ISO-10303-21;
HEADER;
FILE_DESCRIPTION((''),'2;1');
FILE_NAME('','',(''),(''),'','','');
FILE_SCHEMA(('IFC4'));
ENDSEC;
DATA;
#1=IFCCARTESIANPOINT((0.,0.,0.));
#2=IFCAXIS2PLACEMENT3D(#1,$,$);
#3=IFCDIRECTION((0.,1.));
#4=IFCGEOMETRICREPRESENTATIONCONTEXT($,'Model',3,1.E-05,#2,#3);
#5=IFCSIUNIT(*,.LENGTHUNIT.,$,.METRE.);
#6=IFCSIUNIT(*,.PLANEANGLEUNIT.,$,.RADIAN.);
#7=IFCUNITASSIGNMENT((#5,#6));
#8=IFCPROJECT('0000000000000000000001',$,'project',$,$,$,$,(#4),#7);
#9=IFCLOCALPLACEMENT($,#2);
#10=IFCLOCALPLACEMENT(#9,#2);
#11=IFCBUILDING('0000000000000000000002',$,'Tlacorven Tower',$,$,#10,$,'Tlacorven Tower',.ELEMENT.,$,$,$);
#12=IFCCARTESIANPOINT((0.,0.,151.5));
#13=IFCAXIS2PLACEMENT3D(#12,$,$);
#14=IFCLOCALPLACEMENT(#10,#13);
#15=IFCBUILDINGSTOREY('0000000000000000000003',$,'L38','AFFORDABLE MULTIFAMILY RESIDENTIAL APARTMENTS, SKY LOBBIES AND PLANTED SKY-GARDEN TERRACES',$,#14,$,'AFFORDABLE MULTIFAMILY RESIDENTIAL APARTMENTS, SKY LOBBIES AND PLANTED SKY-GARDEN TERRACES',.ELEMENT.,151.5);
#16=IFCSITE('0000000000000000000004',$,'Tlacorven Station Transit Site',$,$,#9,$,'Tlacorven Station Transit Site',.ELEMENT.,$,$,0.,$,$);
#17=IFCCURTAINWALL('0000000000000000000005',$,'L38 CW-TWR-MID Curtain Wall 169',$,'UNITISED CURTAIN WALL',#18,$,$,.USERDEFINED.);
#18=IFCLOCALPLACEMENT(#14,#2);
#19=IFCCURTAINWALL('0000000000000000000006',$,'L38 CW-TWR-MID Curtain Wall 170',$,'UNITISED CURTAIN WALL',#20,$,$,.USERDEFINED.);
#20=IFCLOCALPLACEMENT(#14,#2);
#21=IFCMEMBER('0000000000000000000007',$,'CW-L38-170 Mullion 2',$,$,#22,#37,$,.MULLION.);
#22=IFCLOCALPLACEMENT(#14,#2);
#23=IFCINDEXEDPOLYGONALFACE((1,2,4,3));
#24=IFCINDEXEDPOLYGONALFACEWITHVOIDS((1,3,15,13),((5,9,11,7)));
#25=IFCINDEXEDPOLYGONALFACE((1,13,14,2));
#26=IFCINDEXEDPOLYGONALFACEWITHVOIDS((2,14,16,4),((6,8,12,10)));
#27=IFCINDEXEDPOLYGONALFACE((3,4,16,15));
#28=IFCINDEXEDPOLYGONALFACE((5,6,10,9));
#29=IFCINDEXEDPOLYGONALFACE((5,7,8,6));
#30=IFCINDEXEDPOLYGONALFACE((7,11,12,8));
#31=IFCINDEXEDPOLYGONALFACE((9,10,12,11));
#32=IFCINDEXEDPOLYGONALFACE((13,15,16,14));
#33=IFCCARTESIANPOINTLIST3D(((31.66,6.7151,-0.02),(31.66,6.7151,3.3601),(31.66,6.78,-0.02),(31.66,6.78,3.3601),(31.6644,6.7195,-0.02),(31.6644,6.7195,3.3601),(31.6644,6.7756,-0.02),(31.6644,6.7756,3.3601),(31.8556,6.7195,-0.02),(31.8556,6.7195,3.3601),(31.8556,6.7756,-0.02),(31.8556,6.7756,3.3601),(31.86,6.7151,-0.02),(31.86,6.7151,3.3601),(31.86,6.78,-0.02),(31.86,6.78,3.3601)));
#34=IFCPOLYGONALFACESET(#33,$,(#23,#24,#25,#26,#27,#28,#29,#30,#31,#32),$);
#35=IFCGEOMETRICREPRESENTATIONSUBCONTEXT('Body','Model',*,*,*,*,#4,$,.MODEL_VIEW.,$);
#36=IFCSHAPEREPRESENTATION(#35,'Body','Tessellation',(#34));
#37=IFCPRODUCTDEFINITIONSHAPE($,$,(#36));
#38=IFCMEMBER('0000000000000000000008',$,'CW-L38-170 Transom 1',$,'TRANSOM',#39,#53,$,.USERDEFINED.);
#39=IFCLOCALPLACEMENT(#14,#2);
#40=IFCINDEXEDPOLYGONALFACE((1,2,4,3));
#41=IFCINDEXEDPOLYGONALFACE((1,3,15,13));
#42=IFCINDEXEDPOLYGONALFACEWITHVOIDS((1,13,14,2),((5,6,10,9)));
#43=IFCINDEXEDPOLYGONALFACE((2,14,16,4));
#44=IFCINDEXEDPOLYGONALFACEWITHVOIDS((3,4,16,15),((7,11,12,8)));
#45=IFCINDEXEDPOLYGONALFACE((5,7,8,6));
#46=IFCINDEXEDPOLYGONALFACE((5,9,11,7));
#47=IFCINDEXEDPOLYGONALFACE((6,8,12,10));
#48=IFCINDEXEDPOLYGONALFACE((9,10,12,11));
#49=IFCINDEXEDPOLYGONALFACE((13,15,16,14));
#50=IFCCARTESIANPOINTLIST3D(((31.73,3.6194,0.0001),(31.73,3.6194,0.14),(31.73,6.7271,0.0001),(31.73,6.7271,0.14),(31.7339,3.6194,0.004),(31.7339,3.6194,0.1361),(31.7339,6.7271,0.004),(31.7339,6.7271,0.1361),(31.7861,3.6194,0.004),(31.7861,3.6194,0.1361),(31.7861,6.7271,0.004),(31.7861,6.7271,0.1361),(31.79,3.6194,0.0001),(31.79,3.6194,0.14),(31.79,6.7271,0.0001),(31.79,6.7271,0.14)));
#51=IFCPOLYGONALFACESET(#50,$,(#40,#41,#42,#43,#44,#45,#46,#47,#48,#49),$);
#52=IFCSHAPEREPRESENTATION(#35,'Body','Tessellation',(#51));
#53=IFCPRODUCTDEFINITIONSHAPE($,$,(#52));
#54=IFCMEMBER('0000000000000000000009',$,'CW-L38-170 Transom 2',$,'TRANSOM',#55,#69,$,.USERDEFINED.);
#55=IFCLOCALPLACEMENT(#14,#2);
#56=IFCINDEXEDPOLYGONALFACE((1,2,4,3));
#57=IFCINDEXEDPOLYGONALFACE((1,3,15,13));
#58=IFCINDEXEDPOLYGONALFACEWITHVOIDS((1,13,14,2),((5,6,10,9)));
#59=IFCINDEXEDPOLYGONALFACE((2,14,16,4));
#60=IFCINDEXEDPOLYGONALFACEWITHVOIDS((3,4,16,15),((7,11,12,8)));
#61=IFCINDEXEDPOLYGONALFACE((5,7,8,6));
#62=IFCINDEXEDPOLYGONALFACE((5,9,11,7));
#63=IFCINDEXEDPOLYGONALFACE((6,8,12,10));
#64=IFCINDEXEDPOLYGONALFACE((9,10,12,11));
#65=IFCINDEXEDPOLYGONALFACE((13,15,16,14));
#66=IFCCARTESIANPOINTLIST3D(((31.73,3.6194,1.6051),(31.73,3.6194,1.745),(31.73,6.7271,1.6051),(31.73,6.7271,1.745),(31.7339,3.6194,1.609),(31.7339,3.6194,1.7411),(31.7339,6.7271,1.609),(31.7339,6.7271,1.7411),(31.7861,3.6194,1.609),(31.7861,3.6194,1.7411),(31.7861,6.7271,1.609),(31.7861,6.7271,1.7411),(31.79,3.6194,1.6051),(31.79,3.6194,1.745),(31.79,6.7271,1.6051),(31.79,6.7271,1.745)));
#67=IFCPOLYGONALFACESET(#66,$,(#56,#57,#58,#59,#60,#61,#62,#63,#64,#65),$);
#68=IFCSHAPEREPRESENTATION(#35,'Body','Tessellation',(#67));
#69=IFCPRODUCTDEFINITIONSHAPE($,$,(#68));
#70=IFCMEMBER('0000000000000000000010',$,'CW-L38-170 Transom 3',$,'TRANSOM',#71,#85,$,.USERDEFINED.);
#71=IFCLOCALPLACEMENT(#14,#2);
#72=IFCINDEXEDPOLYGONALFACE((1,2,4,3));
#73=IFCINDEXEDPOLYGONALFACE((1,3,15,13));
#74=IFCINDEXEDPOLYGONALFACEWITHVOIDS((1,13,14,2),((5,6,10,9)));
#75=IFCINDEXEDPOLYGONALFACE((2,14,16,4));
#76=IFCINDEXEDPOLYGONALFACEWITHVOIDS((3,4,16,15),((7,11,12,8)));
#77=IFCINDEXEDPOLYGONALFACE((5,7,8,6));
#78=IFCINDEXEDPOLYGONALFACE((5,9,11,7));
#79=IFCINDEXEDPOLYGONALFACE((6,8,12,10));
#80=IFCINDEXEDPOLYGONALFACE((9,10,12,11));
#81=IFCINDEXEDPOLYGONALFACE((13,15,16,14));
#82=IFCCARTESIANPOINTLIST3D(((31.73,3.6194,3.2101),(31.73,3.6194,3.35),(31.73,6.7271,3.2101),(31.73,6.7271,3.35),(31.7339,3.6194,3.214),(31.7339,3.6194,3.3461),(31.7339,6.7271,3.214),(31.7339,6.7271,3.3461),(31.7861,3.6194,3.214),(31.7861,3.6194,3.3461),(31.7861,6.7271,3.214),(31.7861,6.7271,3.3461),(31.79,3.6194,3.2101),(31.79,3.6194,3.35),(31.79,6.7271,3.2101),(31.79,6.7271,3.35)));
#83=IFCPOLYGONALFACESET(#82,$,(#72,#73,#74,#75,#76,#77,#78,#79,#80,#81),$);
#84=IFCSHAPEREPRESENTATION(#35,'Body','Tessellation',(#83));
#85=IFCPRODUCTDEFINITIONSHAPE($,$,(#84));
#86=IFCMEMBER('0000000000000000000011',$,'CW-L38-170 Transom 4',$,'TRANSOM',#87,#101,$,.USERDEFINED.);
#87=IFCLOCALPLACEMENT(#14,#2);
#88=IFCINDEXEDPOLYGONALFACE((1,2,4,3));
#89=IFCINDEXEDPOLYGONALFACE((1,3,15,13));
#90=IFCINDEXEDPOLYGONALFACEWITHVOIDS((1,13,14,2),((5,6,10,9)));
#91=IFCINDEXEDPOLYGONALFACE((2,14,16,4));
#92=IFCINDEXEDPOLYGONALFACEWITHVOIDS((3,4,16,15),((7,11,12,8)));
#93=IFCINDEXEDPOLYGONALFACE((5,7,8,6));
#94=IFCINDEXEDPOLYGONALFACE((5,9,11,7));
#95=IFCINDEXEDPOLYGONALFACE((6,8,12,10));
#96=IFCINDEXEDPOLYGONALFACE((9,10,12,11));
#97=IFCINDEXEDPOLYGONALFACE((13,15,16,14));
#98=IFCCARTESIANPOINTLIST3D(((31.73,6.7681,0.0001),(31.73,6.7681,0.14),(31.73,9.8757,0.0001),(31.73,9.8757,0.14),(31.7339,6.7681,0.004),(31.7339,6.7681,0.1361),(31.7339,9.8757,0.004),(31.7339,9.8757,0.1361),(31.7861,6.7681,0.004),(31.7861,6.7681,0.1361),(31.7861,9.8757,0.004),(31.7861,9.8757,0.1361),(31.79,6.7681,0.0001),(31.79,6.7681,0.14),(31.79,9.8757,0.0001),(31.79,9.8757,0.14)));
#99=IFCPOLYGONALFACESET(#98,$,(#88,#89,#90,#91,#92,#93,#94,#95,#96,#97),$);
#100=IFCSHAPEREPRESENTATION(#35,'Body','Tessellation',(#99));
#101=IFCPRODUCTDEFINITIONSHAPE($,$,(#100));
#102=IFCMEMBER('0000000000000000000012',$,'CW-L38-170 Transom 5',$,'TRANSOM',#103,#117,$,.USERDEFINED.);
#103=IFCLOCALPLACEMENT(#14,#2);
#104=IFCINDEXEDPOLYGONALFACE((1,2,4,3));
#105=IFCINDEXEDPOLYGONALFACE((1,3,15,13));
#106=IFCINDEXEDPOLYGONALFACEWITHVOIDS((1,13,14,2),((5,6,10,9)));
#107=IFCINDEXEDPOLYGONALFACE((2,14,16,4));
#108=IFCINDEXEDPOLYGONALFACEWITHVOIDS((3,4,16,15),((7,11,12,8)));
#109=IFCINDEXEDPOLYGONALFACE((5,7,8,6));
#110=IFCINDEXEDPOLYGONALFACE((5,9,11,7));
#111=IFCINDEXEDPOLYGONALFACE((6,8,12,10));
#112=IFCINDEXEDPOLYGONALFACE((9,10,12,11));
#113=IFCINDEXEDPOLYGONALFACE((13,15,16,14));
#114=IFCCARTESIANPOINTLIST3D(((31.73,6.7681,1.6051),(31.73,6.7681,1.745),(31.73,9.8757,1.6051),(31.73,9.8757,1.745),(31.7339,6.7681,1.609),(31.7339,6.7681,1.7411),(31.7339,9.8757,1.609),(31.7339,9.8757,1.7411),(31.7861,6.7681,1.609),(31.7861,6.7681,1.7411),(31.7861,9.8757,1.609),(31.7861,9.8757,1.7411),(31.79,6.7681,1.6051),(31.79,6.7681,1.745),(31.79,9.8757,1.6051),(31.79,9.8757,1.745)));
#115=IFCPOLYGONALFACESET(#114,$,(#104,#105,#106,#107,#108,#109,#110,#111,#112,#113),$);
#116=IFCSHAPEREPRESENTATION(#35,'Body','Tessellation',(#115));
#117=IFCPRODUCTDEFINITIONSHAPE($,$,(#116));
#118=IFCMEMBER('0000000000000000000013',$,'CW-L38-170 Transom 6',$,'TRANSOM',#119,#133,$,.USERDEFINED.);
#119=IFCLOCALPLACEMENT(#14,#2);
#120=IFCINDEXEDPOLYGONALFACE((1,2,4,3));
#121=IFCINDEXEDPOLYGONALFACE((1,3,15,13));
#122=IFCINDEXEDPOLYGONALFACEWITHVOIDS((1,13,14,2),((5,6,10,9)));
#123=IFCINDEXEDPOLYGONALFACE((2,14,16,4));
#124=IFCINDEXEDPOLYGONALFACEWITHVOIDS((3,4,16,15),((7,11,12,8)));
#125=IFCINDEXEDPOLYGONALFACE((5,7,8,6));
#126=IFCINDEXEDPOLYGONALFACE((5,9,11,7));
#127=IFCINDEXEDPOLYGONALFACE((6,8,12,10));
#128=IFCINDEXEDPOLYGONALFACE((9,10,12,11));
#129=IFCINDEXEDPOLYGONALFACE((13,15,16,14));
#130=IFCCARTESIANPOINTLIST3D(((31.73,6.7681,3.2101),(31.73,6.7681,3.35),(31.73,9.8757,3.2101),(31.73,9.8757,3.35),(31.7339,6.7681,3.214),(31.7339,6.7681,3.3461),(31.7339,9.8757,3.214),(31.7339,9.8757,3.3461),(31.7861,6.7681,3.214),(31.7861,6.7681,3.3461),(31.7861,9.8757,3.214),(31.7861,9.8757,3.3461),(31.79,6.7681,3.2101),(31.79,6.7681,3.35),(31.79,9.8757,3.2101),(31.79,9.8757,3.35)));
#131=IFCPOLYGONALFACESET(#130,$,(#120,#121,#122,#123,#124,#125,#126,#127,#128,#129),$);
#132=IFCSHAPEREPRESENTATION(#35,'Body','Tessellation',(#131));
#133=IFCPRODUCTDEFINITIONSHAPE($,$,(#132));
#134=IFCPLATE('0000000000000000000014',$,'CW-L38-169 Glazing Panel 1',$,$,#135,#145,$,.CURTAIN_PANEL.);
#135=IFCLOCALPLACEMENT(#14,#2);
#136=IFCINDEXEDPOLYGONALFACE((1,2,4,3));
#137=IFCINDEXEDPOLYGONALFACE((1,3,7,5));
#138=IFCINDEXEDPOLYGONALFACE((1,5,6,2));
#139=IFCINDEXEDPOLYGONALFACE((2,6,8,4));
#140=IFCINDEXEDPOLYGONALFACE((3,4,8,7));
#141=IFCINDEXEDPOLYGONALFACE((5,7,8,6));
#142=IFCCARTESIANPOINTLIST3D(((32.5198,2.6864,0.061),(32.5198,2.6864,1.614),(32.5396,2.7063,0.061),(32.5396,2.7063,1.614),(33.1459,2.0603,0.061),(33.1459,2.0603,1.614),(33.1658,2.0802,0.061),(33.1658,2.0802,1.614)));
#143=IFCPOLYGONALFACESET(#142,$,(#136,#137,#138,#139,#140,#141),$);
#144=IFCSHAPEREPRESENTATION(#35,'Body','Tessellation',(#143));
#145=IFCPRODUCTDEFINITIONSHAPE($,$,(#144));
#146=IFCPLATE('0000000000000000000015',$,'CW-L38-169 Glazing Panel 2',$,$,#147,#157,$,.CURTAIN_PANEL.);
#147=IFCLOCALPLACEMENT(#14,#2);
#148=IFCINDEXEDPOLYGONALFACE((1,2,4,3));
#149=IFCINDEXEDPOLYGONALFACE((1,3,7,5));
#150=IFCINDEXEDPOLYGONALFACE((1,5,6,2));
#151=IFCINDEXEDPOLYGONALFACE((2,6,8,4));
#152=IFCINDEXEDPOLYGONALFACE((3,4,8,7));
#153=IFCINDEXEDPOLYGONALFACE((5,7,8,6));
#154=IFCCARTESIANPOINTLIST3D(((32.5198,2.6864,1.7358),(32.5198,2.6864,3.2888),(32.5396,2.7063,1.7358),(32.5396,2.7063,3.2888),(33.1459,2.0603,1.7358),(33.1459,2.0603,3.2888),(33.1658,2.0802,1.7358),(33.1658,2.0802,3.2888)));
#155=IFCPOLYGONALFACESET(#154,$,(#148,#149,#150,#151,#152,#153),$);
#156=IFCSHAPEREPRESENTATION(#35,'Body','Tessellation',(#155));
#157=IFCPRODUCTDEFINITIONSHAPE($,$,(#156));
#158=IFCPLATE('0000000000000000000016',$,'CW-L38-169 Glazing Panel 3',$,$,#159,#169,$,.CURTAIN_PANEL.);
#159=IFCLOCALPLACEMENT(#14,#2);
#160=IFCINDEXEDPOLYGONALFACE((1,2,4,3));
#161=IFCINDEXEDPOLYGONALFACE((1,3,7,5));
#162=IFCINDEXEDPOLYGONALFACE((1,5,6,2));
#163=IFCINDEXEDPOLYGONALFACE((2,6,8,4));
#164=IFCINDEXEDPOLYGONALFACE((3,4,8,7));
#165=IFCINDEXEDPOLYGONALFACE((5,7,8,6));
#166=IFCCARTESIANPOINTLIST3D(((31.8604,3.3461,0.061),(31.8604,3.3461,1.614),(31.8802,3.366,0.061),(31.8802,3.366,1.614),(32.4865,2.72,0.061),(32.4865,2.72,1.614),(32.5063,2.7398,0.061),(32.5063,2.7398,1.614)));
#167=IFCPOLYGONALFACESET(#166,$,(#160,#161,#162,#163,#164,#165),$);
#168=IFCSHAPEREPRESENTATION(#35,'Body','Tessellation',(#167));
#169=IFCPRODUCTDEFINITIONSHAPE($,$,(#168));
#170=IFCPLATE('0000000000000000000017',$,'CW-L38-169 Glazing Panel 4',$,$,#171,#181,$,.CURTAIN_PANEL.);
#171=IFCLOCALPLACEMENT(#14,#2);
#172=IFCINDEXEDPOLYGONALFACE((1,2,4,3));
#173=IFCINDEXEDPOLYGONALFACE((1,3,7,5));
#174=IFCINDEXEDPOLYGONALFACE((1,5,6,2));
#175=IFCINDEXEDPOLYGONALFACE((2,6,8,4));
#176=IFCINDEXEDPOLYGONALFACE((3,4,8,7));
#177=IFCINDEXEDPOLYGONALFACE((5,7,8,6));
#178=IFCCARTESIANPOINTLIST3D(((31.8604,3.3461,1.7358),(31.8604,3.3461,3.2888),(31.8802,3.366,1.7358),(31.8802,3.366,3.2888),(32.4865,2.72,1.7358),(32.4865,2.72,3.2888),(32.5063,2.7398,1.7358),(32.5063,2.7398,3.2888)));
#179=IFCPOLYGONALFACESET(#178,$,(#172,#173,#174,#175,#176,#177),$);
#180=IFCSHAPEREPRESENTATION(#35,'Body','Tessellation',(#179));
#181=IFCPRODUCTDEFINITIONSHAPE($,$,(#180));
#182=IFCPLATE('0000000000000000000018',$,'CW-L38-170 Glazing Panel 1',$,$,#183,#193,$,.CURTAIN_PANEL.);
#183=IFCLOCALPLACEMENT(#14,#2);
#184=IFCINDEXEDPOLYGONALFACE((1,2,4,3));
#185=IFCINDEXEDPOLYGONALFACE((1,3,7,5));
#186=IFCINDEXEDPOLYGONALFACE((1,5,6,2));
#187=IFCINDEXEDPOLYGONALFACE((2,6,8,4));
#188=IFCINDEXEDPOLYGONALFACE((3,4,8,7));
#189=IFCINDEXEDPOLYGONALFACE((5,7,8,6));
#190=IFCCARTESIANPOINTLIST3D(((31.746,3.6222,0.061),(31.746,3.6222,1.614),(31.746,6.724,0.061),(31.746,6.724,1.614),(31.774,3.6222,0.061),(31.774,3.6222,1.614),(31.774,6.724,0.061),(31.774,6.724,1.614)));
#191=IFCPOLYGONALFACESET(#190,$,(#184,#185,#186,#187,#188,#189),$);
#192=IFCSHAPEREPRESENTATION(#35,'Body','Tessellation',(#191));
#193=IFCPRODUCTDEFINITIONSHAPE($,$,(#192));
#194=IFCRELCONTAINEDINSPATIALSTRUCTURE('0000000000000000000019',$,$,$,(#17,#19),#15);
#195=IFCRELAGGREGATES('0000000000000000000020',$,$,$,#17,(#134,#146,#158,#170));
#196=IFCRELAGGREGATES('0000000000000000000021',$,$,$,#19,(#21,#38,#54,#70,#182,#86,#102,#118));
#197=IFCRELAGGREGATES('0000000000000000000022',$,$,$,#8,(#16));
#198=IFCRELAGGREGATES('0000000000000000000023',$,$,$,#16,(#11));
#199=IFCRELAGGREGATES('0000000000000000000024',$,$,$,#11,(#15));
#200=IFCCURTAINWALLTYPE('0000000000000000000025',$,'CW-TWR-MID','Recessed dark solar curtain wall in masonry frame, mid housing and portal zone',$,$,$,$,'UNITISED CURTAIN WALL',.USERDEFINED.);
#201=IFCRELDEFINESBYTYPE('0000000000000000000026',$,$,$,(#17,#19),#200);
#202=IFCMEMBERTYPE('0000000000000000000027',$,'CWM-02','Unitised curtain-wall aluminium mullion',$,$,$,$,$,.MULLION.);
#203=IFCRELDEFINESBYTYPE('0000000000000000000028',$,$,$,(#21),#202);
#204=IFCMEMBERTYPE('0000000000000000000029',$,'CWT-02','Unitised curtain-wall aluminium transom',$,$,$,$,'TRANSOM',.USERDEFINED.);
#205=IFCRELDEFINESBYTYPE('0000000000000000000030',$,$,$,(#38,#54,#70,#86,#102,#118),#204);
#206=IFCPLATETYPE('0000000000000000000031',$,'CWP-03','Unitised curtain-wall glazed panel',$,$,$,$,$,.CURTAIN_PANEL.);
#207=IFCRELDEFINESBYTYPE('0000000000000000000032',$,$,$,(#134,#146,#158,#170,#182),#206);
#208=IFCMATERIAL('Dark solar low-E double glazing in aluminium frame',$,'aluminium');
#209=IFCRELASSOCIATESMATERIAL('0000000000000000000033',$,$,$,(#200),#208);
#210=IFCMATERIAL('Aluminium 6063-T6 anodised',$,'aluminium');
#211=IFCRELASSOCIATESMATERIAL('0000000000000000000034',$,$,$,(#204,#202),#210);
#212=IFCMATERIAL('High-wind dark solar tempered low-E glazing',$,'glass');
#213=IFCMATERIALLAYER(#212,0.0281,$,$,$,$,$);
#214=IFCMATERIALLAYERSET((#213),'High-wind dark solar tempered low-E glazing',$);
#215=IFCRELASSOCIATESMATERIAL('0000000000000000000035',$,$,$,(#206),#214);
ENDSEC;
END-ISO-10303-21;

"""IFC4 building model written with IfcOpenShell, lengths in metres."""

from ifc_helpers import new_model, si_unit, direction, frame, origin, origin_2d, place, context, subcontext, project, spatial, rectangle, hollow_rectangle, extrude, source, transform, mapped, material, layer, layer_set, material_profile, profile_set, type_object, element, aggregate, save


model = new_model("IFC4")

# Units and contexts
model_context = context("Model", 3, precision=1e-05, world=origin(), true_north=direction((0.0, 1.0)))
body_context = subcontext(model_context, "Body", "Model", "MODEL_VIEW")
ifc_project = project(units=[si_unit("LENGTHUNIT", "METRE"), si_unit("PLANEANGLEUNIT", "RADIAN")], contexts=[model_context])

# Site, building, storey
site_placement = place(None, origin())
site = spatial("IfcSite", under=ifc_project, at=site_placement, Name="Tlacorven Station Transit Site", LongName="Tlacorven Station Transit Site", CompositionType="ELEMENT", RefElevation=0.0)
building_placement = place(site_placement, origin())
building = spatial("IfcBuilding", under=site, at=building_placement, Name="Tlacorven Tower", LongName="Tlacorven Tower", CompositionType="ELEMENT")
storey_placement = place(building_placement, frame((0.0, 0.0, 151.5)))
storey = spatial("IfcBuildingStorey", under=building, at=storey_placement, Name="L38", Description="AFFORDABLE MULTIFAMILY RESIDENTIAL APARTMENTS, SKY LOBBIES AND PLANTED SKY-GARDEN TERRACES", LongName="AFFORDABLE MULTIFAMILY RESIDENTIAL APARTMENTS, SKY LOBBIES AND PLANTED SKY-GARDEN TERRACES", CompositionType="ELEMENT", Elevation=151.5)

# Curtain walls, members
ifc_material_1 = material(Name="Dark solar low-E double glazing in aluminium frame", Category="aluminium")
curtain_wall_type = type_object("IfcCurtainWallType", Name="CW-TWR-MID", Description="Recessed dark solar curtain wall in masonry frame, mid housing and portal zone", ElementType="UNITISED CURTAIN WALL", PredefinedType="USERDEFINED", material=ifc_material_1)
curtain_wall_1_placement = place(storey_placement, origin())
curtain_wall_1 = element("IfcCurtainWall", 1, at=curtain_wall_1_placement, inside=storey, type_object=curtain_wall_type, Name="L38 CW-TWR-MID Curtain Wall 169", ObjectType="UNITISED CURTAIN WALL", PredefinedType="USERDEFINED")
ifc_material_2 = material(Name="Aluminium 6063-T6 anodised", Category="aluminium")
ifc_material_profile_1 = material_profile(ifc_material_2, hollow_rectangle(XDim=0.0601, YDim=0.1399, WallThickness=0.0039, at=origin_2d()), Name="ALU TRANSOM 60X140")
ifc_profile_set_1 = profile_set([ifc_material_profile_1], Name="Aluminium 6063-T6 anodised")
member_type_1 = type_object("IfcMemberType", Name="CWT-02", Description="Unitised curtain-wall aluminium transom", ElementType="TRANSOM", PredefinedType="USERDEFINED", material=ifc_profile_set_1)
ifc_material_profile_2 = material_profile(ifc_material_2, hollow_rectangle(XDim=0.0649, YDim=0.2, WallThickness=0.0044, at=origin_2d()), Name="ALU MULLION 65X200")
ifc_profile_set_2 = profile_set([ifc_material_profile_2], Name="Aluminium 6063-T6 anodised")
member_type_2 = type_object("IfcMemberType", Name="CWM-02", Description="Unitised curtain-wall aluminium mullion", PredefinedType="MULLION", material=ifc_profile_set_2)
shared_shape_1 = source(origin(), body_context, "Body", "SweptSolid", [
    extrude(hollow_rectangle(XDim=0.0649, YDim=0.2, WallThickness=0.0044, at=origin_2d()), origin(), (0.0, 0.0, 1.0), 3.3801),
])
curtain_wall_2_placement = place(storey_placement, origin())
curtain_wall_2 = element("IfcCurtainWall", 2, at=curtain_wall_2_placement, inside=storey, type_object=curtain_wall_type, Name="L38 CW-TWR-MID Curtain Wall 170", ObjectType="UNITISED CURTAIN WALL", PredefinedType="USERDEFINED")
member_1_placement = place(storey_placement, frame((31.76, 6.7476, -0.02), z_axis=(0.0, 0.0, 1.0), x_axis=(0.0, 1.0, 0.0)))
member_1 = element("IfcMember", 3, at=member_1_placement, type_object=member_type_2, Name="CW-L38-170 Mullion 2", PredefinedType="MULLION", context=body_context, shape_type="MappedRepresentation", body=[
    mapped(shared_shape_1, transform((0.0, 0.0, 0.0), scale=1.0)),
])
shared_shape_2 = source(origin(), body_context, "Body", "SweptSolid", [
    extrude(hollow_rectangle(XDim=0.0601, YDim=0.1399, WallThickness=0.0039, at=origin_2d()), origin(), (0.0, 0.0, 1.0), 3.1077),
])
member_2_placement = place(storey_placement, frame((31.76, 3.6194, 0.0701), z_axis=(0.0, 1.0, 0.0), x_axis=(-1.0, 0.0, 0.0)))
member_2 = element("IfcMember", 4, at=member_2_placement, type_object=member_type_1, Name="CW-L38-170 Transom 1", ObjectType="TRANSOM", PredefinedType="USERDEFINED", context=body_context, shape_type="MappedRepresentation", body=[
    mapped(shared_shape_2, transform((0.0, 0.0, 0.0), scale=1.0)),
])
member_3_placement = place(storey_placement, frame((31.76, 3.6194, 1.675), z_axis=(0.0, 1.0, 0.0), x_axis=(-1.0, 0.0, 0.0)))
member_3 = element("IfcMember", 5, at=member_3_placement, type_object=member_type_1, Name="CW-L38-170 Transom 2", ObjectType="TRANSOM", PredefinedType="USERDEFINED", context=body_context, shape_type="MappedRepresentation", body=[
    mapped(shared_shape_2, transform((0.0, 0.0, 0.0), scale=1.0)),
])
member_4_placement = place(storey_placement, frame((31.76, 3.6194, 3.28), z_axis=(0.0, 1.0, 0.0), x_axis=(-1.0, 0.0, 0.0)))
member_4 = element("IfcMember", 6, at=member_4_placement, type_object=member_type_1, Name="CW-L38-170 Transom 3", ObjectType="TRANSOM", PredefinedType="USERDEFINED", context=body_context, shape_type="MappedRepresentation", body=[
    mapped(shared_shape_2, transform((0.0, 0.0, 0.0), scale=1.0)),
])
member_5_placement = place(storey_placement, frame((31.76, 6.7681, 0.0701), z_axis=(0.0, 1.0, 0.0), x_axis=(-1.0, 0.0, 0.0)))
member_5 = element("IfcMember", 7, at=member_5_placement, type_object=member_type_1, Name="CW-L38-170 Transom 4", ObjectType="TRANSOM", PredefinedType="USERDEFINED", context=body_context, shape_type="MappedRepresentation", body=[
    mapped(shared_shape_2, transform((0.0, 0.0, 0.0), scale=1.0)),
])
member_6_placement = place(storey_placement, frame((31.76, 6.7681, 1.675), z_axis=(0.0, 1.0, 0.0), x_axis=(-1.0, 0.0, 0.0)))
member_6 = element("IfcMember", 8, at=member_6_placement, type_object=member_type_1, Name="CW-L38-170 Transom 5", ObjectType="TRANSOM", PredefinedType="USERDEFINED", context=body_context, shape_type="MappedRepresentation", body=[
    mapped(shared_shape_2, transform((0.0, 0.0, 0.0), scale=1.0)),
])
member_7_placement = place(storey_placement, frame((31.76, 6.7681, 3.28), z_axis=(0.0, 1.0, 0.0), x_axis=(-1.0, 0.0, 0.0)))
member_7 = element("IfcMember", 9, at=member_7_placement, type_object=member_type_1, Name="CW-L38-170 Transom 6", ObjectType="TRANSOM", PredefinedType="USERDEFINED", context=body_context, shape_type="MappedRepresentation", body=[
    mapped(shared_shape_2, transform((0.0, 0.0, 0.0), scale=1.0)),
])

# Plates
ifc_material_3 = material(Name="High-wind dark solar tempered low-E glazing", Category="glass")
ifc_layer = layer(ifc_material_3, 0.0281)
ifc_layer_set = layer_set([ifc_layer], Name="High-wind dark solar tempered low-E glazing")
plate_type = type_object("IfcPlateType", Name="CWP-03", Description="Unitised curtain-wall glazed panel", PredefinedType="CURTAIN_PANEL", material=ifc_layer_set)
shared_shape_3 = source(origin(), body_context, "Body", "SweptSolid", [
    extrude(rectangle(XDim=0.8855, YDim=0.0281, at=origin_2d()), origin(), (0.0, 0.0, 1.0), 1.553),
])
plate_1_placement = place(storey_placement, frame((32.8428, 2.3833, 0.061), z_axis=(0.0, 0.0, 1.0), x_axis=(-0.707107, 0.707107, 0.0)))
plate_1 = element("IfcPlate", 10, at=plate_1_placement, type_object=plate_type, Name="CW-L38-169 Glazing Panel 1", PredefinedType="CURTAIN_PANEL", context=body_context, shape_type="MappedRepresentation", body=[
    mapped(shared_shape_3, transform((0.0, 0.0, 0.0), scale=1.0)),
])
plate_2_placement = place(storey_placement, frame((32.8428, 2.3833, 1.7358), z_axis=(0.0, 0.0, 1.0), x_axis=(-0.707107, 0.707107, 0.0)))
plate_2 = element("IfcPlate", 11, at=plate_2_placement, type_object=plate_type, Name="CW-L38-169 Glazing Panel 2", PredefinedType="CURTAIN_PANEL", context=body_context, shape_type="MappedRepresentation", body=[
    mapped(shared_shape_3, transform((0.0, 0.0, 0.0), scale=1.0)),
])
plate_3_placement = place(storey_placement, frame((32.1833, 3.043, 0.061), z_axis=(0.0, 0.0, 1.0), x_axis=(-0.707107, 0.707107, 0.0)))
plate_3 = element("IfcPlate", 12, at=plate_3_placement, type_object=plate_type, Name="CW-L38-169 Glazing Panel 3", PredefinedType="CURTAIN_PANEL", context=body_context, shape_type="MappedRepresentation", body=[
    mapped(shared_shape_3, transform((0.0, 0.0, 0.0), scale=1.0)),
])
plate_4_placement = place(storey_placement, frame((32.1833, 3.043, 1.7358), z_axis=(0.0, 0.0, 1.0), x_axis=(-0.707107, 0.707107, 0.0)))
plate_4 = element("IfcPlate", 13, at=plate_4_placement, type_object=plate_type, Name="CW-L38-169 Glazing Panel 4", PredefinedType="CURTAIN_PANEL", context=body_context, shape_type="MappedRepresentation", body=[
    mapped(shared_shape_3, transform((0.0, 0.0, 0.0), scale=1.0)),
])
aggregate(curtain_wall_1, [plate_1, plate_2, plate_3, plate_4])
shared_shape_4 = source(origin(), body_context, "Body", "SweptSolid", [
    extrude(rectangle(XDim=3.1018, YDim=0.0281, at=origin_2d()), origin(), (0.0, 0.0, 1.0), 1.553),
])
plate_5_placement = place(storey_placement, frame((31.76, 5.1731, 0.061), z_axis=(0.0, 0.0, 1.0), x_axis=(0.0, 1.0, 0.0)))
plate_5 = element("IfcPlate", 14, at=plate_5_placement, type_object=plate_type, Name="CW-L38-170 Glazing Panel 1", PredefinedType="CURTAIN_PANEL", context=body_context, shape_type="MappedRepresentation", body=[
    mapped(shared_shape_4, transform((0.0, 0.0, 0.0), scale=1.0)),
])
aggregate(curtain_wall_2, [member_1, member_2, member_3, member_4, plate_5, member_5, member_6, member_7])

save(model, "model.ifc")
